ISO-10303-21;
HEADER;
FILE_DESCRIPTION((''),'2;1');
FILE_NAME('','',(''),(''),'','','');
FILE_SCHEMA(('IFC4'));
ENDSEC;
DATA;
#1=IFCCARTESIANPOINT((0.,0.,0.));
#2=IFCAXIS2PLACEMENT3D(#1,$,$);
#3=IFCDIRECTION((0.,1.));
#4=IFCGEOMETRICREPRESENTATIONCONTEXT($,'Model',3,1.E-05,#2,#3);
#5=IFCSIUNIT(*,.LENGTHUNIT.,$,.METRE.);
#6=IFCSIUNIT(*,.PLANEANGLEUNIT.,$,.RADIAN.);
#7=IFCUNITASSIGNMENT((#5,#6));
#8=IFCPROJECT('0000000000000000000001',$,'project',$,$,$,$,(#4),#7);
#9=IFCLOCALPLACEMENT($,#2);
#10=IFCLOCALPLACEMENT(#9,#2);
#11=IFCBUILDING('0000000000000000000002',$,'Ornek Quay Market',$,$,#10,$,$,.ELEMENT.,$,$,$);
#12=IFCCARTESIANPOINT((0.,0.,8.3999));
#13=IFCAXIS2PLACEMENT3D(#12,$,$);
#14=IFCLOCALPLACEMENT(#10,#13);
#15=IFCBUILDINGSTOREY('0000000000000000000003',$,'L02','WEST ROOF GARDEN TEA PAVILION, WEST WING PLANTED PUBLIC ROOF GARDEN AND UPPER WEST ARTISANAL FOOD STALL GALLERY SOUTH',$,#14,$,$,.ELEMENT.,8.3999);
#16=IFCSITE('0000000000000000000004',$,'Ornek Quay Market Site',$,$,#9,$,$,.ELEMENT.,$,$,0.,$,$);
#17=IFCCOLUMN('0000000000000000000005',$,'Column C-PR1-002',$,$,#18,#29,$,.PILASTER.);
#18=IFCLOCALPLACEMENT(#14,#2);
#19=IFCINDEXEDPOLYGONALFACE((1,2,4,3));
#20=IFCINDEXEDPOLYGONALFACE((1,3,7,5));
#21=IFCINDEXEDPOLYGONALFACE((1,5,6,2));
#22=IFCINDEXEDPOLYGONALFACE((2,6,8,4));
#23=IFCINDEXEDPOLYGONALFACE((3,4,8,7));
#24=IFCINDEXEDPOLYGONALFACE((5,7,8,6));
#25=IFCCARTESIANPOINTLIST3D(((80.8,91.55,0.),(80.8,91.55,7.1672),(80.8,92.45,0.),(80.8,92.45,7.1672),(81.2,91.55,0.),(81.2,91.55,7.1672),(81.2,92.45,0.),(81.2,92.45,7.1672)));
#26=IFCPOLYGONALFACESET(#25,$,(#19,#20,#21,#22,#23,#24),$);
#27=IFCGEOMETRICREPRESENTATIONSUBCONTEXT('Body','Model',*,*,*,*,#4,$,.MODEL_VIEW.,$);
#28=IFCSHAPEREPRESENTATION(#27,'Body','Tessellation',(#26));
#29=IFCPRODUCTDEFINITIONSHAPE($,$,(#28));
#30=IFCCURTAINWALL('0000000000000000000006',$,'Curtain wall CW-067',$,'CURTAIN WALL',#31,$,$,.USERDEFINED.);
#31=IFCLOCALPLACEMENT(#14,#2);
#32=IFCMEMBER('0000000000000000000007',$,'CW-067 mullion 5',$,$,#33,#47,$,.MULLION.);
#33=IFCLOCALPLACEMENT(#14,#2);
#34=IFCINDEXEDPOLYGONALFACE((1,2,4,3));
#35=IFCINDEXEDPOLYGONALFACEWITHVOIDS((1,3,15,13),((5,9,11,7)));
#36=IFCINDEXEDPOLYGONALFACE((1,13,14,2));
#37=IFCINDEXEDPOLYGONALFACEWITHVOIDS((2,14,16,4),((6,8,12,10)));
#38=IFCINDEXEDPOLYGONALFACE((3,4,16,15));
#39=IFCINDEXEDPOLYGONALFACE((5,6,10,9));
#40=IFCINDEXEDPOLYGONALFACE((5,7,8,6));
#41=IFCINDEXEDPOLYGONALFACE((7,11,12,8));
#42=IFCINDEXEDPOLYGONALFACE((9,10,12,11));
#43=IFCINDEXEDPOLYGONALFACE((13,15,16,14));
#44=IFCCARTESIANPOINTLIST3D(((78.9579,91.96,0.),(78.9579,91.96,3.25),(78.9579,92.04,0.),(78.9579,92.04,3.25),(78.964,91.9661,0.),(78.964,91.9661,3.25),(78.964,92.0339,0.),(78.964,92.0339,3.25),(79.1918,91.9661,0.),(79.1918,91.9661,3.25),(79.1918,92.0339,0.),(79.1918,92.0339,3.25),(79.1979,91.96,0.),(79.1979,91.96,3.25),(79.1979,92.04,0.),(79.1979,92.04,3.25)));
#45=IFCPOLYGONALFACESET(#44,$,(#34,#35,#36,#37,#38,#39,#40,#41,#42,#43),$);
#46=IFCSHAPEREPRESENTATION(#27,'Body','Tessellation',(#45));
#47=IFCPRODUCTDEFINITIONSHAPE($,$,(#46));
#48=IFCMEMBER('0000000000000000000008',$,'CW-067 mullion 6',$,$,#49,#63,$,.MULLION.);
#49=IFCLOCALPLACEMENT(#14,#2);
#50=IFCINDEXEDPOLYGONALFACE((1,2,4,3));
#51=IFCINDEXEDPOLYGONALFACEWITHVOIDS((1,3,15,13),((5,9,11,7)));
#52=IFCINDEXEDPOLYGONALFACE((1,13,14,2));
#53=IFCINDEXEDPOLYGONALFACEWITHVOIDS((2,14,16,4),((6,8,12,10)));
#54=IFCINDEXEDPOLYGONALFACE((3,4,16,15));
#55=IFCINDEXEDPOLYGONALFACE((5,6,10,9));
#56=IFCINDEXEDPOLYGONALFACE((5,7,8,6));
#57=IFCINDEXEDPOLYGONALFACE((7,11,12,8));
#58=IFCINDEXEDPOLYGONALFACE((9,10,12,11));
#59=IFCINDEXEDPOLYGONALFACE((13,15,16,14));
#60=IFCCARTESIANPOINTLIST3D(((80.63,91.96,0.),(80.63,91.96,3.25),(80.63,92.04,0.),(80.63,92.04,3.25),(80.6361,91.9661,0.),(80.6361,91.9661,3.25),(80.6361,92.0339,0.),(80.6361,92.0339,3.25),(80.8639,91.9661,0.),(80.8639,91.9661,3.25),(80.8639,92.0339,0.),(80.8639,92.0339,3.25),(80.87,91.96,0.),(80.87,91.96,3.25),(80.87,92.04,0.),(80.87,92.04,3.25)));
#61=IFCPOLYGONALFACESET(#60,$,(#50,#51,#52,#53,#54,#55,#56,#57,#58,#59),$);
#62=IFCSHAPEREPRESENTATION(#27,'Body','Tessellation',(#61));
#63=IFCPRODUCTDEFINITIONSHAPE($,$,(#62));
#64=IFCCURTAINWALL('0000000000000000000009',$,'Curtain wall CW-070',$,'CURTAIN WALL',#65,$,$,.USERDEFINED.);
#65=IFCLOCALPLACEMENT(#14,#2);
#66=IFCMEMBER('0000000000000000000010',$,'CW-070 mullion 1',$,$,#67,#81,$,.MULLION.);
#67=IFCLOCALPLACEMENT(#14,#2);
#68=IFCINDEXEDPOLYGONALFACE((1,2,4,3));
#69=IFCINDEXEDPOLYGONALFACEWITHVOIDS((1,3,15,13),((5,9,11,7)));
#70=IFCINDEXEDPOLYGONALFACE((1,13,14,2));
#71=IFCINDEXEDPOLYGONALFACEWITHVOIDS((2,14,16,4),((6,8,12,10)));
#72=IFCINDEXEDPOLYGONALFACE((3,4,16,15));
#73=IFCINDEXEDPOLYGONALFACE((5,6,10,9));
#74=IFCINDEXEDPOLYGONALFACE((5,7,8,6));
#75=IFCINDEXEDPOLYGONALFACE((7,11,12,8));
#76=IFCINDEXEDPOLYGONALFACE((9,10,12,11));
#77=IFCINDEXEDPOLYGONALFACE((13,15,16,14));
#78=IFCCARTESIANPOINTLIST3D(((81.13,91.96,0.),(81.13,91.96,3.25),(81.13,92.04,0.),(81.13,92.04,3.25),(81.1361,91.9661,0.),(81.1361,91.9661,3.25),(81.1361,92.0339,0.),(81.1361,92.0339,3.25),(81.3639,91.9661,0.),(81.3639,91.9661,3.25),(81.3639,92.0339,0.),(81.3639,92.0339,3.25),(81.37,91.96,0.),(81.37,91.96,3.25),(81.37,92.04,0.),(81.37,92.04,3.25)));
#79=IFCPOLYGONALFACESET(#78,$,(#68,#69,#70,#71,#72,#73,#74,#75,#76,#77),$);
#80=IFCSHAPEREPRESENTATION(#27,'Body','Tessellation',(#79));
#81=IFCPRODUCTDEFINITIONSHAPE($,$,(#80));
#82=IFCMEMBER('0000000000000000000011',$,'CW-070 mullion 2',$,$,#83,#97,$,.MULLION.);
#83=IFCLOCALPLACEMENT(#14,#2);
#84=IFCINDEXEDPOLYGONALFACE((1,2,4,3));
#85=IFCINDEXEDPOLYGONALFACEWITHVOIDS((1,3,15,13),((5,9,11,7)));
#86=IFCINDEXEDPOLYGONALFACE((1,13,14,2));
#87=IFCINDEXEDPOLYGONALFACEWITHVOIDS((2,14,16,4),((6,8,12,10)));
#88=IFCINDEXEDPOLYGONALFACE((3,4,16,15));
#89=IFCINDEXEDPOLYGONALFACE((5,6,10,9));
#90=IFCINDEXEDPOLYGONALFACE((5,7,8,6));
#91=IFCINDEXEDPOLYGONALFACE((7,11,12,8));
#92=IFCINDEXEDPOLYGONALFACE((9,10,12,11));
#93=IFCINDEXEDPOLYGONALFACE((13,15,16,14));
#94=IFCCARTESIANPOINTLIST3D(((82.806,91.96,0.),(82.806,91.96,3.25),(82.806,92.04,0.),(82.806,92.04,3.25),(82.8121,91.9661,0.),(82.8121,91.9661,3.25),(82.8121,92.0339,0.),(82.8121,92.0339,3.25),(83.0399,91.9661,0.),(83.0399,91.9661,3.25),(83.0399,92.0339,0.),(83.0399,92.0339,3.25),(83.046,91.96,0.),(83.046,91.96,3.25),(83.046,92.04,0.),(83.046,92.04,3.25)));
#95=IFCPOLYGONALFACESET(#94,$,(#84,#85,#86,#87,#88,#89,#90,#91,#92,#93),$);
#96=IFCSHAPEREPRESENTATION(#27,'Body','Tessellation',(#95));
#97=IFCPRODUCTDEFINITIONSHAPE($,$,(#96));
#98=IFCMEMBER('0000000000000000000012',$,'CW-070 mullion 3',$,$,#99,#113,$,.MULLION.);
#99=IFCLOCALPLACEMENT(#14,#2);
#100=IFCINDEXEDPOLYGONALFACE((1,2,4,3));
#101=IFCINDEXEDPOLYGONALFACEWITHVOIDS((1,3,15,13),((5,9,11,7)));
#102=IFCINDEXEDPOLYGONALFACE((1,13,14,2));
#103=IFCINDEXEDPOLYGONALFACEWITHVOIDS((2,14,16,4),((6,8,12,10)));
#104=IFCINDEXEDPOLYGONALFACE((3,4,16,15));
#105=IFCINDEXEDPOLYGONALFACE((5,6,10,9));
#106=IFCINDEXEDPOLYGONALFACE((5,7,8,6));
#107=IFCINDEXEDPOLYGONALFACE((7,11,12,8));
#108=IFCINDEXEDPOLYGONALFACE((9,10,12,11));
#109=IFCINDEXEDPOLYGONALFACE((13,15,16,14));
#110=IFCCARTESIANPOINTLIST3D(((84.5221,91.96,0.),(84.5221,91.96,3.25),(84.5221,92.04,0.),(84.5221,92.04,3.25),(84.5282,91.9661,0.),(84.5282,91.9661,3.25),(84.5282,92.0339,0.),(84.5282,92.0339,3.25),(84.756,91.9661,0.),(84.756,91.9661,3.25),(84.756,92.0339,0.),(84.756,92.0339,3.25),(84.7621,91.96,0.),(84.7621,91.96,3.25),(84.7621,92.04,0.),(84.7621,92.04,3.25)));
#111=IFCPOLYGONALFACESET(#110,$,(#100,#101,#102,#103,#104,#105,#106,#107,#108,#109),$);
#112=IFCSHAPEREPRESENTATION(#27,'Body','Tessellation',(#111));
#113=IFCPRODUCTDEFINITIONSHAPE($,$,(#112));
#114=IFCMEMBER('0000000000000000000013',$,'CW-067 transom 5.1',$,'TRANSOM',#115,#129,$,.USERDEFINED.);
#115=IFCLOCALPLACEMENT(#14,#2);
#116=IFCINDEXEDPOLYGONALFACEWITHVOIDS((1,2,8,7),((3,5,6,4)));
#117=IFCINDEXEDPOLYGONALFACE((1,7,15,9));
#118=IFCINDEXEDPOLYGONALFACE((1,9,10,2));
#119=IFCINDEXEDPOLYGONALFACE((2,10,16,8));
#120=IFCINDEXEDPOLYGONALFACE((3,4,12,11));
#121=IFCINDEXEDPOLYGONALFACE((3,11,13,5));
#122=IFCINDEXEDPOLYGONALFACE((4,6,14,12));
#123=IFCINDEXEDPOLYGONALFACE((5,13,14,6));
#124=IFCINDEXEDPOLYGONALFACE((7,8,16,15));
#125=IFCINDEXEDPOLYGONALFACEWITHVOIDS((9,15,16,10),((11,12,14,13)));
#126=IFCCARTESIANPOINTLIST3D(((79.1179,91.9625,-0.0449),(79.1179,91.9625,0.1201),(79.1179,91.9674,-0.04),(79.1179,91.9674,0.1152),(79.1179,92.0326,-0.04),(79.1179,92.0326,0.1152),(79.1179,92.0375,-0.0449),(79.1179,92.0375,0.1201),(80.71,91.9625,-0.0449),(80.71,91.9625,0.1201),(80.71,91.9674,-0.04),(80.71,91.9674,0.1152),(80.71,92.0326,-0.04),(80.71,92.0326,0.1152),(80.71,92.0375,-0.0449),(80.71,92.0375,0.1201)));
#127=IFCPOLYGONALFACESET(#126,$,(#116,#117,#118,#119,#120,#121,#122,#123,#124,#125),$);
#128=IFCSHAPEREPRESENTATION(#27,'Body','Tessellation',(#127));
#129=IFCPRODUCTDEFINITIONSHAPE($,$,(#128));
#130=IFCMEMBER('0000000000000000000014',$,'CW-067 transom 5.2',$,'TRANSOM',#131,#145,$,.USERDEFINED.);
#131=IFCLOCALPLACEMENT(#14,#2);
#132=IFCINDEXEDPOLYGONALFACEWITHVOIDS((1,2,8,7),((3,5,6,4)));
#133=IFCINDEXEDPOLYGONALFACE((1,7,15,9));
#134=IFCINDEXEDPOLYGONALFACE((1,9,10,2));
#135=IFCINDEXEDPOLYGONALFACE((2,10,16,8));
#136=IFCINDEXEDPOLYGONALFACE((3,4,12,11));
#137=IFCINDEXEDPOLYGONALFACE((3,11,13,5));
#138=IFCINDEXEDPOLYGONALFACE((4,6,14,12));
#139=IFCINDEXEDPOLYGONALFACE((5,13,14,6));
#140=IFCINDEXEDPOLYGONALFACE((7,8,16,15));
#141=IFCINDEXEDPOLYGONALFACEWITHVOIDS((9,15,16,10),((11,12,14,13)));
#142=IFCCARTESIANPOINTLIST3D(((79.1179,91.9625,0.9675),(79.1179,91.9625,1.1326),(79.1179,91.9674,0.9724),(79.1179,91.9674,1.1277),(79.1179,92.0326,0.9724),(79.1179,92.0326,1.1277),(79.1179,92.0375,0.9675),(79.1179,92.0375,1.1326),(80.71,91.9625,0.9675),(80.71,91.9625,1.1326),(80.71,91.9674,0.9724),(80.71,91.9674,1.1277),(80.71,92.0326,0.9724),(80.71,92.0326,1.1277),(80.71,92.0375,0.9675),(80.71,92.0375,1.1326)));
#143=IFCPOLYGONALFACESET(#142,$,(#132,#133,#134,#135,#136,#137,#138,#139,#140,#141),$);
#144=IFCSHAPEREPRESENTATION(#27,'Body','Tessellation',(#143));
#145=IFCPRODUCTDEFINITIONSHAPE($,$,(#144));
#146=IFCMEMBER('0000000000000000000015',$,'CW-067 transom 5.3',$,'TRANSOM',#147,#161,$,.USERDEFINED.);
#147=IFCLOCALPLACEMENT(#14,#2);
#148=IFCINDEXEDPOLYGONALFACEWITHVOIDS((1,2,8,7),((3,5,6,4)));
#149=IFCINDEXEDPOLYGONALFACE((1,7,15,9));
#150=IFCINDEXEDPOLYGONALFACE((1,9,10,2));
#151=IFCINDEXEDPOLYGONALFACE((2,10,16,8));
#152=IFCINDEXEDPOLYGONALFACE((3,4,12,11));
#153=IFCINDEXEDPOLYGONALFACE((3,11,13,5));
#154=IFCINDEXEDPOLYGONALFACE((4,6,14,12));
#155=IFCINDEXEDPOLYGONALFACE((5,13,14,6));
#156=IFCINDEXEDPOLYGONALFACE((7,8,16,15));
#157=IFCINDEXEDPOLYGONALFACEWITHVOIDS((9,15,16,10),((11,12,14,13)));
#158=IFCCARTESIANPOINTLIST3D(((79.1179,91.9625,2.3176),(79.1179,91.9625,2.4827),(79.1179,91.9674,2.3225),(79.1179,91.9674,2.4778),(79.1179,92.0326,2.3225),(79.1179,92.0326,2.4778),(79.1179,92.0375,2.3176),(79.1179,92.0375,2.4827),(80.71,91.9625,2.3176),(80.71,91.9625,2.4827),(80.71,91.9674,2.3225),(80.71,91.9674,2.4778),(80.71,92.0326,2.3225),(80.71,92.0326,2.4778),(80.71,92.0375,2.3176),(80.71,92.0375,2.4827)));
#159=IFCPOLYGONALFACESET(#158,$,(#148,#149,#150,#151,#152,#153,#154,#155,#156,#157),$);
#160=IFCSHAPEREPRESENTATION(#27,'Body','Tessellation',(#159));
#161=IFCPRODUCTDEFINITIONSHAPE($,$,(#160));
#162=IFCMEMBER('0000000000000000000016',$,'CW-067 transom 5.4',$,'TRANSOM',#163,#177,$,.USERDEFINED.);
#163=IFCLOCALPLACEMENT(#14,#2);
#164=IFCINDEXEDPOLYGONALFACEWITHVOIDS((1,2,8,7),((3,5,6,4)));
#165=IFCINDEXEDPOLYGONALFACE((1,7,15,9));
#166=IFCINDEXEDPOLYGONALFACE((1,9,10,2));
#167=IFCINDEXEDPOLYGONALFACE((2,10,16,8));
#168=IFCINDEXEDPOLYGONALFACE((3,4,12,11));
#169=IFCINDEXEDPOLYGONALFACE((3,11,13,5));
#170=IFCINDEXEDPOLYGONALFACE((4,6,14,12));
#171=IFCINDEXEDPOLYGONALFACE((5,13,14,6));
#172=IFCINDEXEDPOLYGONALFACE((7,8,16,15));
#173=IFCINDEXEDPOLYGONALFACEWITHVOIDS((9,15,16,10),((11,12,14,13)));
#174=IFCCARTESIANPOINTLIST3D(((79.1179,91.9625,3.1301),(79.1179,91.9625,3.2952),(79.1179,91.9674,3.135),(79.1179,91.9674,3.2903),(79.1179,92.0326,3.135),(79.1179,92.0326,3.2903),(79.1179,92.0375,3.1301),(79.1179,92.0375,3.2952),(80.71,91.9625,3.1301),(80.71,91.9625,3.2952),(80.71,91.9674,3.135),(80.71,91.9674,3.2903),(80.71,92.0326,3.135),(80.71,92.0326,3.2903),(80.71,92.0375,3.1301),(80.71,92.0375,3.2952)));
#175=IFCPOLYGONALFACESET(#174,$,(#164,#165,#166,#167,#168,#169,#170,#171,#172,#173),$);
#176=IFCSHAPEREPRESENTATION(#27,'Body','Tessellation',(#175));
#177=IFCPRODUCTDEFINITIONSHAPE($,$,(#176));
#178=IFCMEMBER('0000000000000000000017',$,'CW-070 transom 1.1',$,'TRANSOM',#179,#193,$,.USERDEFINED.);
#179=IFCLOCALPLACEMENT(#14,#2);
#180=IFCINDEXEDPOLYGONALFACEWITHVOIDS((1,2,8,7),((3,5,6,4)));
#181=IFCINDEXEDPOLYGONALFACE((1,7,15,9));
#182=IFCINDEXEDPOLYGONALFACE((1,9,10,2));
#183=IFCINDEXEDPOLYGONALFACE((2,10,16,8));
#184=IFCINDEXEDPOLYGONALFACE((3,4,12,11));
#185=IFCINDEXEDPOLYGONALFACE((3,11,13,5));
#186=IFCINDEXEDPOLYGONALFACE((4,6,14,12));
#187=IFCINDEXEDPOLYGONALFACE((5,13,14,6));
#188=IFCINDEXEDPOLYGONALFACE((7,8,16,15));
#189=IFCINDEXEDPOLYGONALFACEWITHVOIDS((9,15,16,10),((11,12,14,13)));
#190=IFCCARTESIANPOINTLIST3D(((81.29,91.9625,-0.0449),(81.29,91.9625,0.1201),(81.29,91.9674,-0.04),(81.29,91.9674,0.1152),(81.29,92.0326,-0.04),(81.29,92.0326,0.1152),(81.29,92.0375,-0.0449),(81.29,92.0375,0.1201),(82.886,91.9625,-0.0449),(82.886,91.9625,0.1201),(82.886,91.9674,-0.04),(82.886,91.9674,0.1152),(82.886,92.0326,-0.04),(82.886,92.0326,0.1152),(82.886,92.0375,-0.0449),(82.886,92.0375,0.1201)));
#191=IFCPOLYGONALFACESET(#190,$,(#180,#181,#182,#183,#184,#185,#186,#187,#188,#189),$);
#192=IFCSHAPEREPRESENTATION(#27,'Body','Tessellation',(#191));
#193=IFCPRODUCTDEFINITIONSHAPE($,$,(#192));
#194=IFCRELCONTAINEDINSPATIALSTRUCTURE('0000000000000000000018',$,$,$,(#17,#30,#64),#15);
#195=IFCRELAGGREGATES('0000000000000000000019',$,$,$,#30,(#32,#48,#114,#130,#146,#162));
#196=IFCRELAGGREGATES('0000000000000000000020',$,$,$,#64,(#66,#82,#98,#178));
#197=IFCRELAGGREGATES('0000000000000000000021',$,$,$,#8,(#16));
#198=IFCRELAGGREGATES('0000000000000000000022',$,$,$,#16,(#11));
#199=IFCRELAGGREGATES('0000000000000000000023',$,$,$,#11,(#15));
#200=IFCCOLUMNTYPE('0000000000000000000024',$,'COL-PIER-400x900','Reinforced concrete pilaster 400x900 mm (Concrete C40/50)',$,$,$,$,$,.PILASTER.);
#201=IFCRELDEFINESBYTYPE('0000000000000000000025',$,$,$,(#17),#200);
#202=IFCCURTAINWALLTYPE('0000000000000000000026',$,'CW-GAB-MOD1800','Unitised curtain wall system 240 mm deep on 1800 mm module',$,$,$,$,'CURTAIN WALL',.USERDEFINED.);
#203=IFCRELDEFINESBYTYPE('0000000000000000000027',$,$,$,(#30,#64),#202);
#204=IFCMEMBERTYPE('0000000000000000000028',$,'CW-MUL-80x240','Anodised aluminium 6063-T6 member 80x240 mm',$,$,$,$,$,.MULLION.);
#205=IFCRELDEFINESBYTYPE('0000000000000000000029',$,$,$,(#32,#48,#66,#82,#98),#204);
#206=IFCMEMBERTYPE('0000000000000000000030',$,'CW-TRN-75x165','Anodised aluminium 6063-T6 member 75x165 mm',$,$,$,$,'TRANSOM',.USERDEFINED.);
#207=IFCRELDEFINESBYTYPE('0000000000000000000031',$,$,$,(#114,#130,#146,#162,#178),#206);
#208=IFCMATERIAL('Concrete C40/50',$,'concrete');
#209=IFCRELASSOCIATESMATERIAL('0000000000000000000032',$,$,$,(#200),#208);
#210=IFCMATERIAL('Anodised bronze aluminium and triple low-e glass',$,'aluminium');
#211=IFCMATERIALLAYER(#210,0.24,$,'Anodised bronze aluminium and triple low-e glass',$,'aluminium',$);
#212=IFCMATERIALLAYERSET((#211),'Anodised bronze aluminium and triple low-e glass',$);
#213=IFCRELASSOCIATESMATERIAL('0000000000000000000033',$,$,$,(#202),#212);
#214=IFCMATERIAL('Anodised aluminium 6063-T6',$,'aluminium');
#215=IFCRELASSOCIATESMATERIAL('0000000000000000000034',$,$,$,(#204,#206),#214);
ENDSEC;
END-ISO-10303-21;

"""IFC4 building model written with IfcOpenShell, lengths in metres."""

from ifc_helpers import new_model, si_unit, direction, frame, origin, origin_2d, place, context, subcontext, project, spatial, rectangle, hollow_rectangle, extrude, material, layer, layer_set, material_profile, profile_set, type_object, element, aggregate, save


model = new_model("IFC4")

# Units and contexts
model_context = context("Model", 3, precision=1e-05, world=origin(), true_north=direction((0.0, 1.0)))
body_context = subcontext(model_context, "Body", "Model", "MODEL_VIEW")
ifc_project = project(units=[si_unit("LENGTHUNIT", "METRE"), si_unit("PLANEANGLEUNIT", "RADIAN")], contexts=[model_context])

# Site, building, storey
site_placement = place(None, origin())
site = spatial("IfcSite", under=ifc_project, at=site_placement, Name="Ornek Quay Market Site", CompositionType="ELEMENT", RefElevation=0.0)
building_placement = place(site_placement, origin())
building = spatial("IfcBuilding", under=site, at=building_placement, Name="Ornek Quay Market", CompositionType="ELEMENT")
storey_placement = place(building_placement, frame((0.0, 0.0, 8.3999)))
storey = spatial("IfcBuildingStorey", under=building, at=storey_placement, Name="L02", Description="WEST ROOF GARDEN TEA PAVILION, WEST WING PLANTED PUBLIC ROOF GARDEN AND UPPER WEST ARTISANAL FOOD STALL GALLERY SOUTH", CompositionType="ELEMENT", Elevation=8.3999)

# Column
ifc_material_1 = material(Name="Concrete C40/50", Category="concrete")
ifc_material_profile_1 = material_profile(ifc_material_1, rectangle(XDim=0.3999, YDim=0.8999, at=origin_2d()), Name="RC 400x900", Category="concrete")
ifc_profile_set_1 = profile_set([ifc_material_profile_1], Name="Concrete C40/50")
column_type = type_object("IfcColumnType", Name="COL-PIER-400x900", Description="Reinforced concrete pilaster 400x900 mm (Concrete C40/50)", PredefinedType="PILASTER", material=ifc_profile_set_1)
column_placement = place(storey_placement, frame((81.0, 92.0, 0.0), z_axis=(0.0, 0.0, 1.0), x_axis=(1.0, 0.0, 0.0)))
element("IfcColumn", 1, at=column_placement, inside=storey, type_object=column_type, Name="Column C-PR1-002", PredefinedType="PILASTER", context=body_context, shape_type="SweptSolid", body=[
    extrude(rectangle(XDim=0.3999, YDim=0.8999, at=origin_2d()), origin(), (0.0, 0.0, 1.0), 7.1672),
])

# Curtain walls, members
ifc_material_2 = material(Name="Anodised bronze aluminium and triple low-e glass", Category="aluminium")
ifc_layer_1 = layer(ifc_material_2, 0.24, Name="Anodised bronze aluminium and triple low-e glass", Category="aluminium")
ifc_layer_set_1 = layer_set([ifc_layer_1], Name="Anodised bronze aluminium and triple low-e glass")
curtain_wall_type = type_object("IfcCurtainWallType", Name="CW-GAB-MOD1800", Description="Unitised curtain wall system 240 mm deep on 1800 mm module", ElementType="CURTAIN WALL", PredefinedType="USERDEFINED", material=ifc_layer_set_1)
curtain_wall_1_placement = place(storey_placement, origin())
curtain_wall_1 = element("IfcCurtainWall", 2, at=curtain_wall_1_placement, inside=storey, type_object=curtain_wall_type, Name="Curtain wall CW-067", ObjectType="CURTAIN WALL", PredefinedType="USERDEFINED")
ifc_material_3 = material(Name="Anodised aluminium 6063-T6", Category="aluminium")
ifc_material_profile_2 = material_profile(ifc_material_3, hollow_rectangle(XDim=0.0801, YDim=0.24, WallThickness=0.0061, at=origin_2d()), Name="CW-MUL-80x240", Category="aluminium")
ifc_profile_set_2 = profile_set([ifc_material_profile_2], Name="Anodised aluminium 6063-T6")
member_type_1 = type_object("IfcMemberType", Name="CW-MUL-80x240", Description="Anodised aluminium 6063-T6 member 80x240 mm", PredefinedType="MULLION", material=ifc_profile_set_2)
member_1_placement = place(storey_placement, frame((79.0779, 92.0, 0.0), z_axis=(0.0, 0.0, 1.0), x_axis=(0.0, 1.0, 0.0)))
member_1 = element("IfcMember", 3, at=member_1_placement, type_object=member_type_1, Name="CW-067 mullion 5", PredefinedType="MULLION", context=body_context, shape_type="SweptSolid", body=[
    extrude(hollow_rectangle(XDim=0.0801, YDim=0.24, WallThickness=0.0061, at=origin_2d()), origin(), (0.0, 0.0, 1.0), 3.25),
])
member_2_placement = place(storey_placement, frame((80.75, 92.0, 0.0), z_axis=(0.0, 0.0, 1.0), x_axis=(0.0, 1.0, 0.0)))
member_2 = element("IfcMember", 4, at=member_2_placement, type_object=member_type_1, Name="CW-067 mullion 6", PredefinedType="MULLION", context=body_context, shape_type="SweptSolid", body=[
    extrude(hollow_rectangle(XDim=0.0801, YDim=0.24, WallThickness=0.0061, at=origin_2d()), origin(), (0.0, 0.0, 1.0), 3.25),
])
curtain_wall_2_placement = place(storey_placement, origin())
curtain_wall_2 = element("IfcCurtainWall", 5, at=curtain_wall_2_placement, inside=storey, type_object=curtain_wall_type, Name="Curtain wall CW-070", ObjectType="CURTAIN WALL", PredefinedType="USERDEFINED")
member_3_placement = place(storey_placement, frame((81.25, 92.0, 0.0), z_axis=(0.0, 0.0, 1.0), x_axis=(0.0, 1.0, 0.0)))
member_3 = element("IfcMember", 6, at=member_3_placement, type_object=member_type_1, Name="CW-070 mullion 1", PredefinedType="MULLION", context=body_context, shape_type="SweptSolid", body=[
    extrude(hollow_rectangle(XDim=0.0801, YDim=0.24, WallThickness=0.0061, at=origin_2d()), origin(), (0.0, 0.0, 1.0), 3.25),
])
member_4_placement = place(storey_placement, frame((82.926, 92.0, 0.0), z_axis=(0.0, 0.0, 1.0), x_axis=(0.0, 1.0, 0.0)))
member_4 = element("IfcMember", 7, at=member_4_placement, type_object=member_type_1, Name="CW-070 mullion 2", PredefinedType="MULLION", context=body_context, shape_type="SweptSolid", body=[
    extrude(hollow_rectangle(XDim=0.0801, YDim=0.24, WallThickness=0.0061, at=origin_2d()), origin(), (0.0, 0.0, 1.0), 3.25),
])
member_5_placement = place(storey_placement, frame((84.6421, 92.0, 0.0), z_axis=(0.0, 0.0, 1.0), x_axis=(0.0, 1.0, 0.0)))
member_5 = element("IfcMember", 8, at=member_5_placement, type_object=member_type_1, Name="CW-070 mullion 3", PredefinedType="MULLION", context=body_context, shape_type="SweptSolid", body=[
    extrude(hollow_rectangle(XDim=0.0801, YDim=0.24, WallThickness=0.0061, at=origin_2d()), origin(), (0.0, 0.0, 1.0), 3.25),
])

# Members
ifc_material_profile_3 = material_profile(ifc_material_3, hollow_rectangle(XDim=0.075, YDim=0.165, WallThickness=0.0049, at=origin_2d()), Name="CW-TRN-75x165", Category="aluminium")
ifc_profile_set_3 = profile_set([ifc_material_profile_3], Name="Anodised aluminium 6063-T6")
member_type_2 = type_object("IfcMemberType", Name="CW-TRN-75x165", Description="Anodised aluminium 6063-T6 member 75x165 mm", ElementType="TRANSOM", PredefinedType="USERDEFINED", material=ifc_profile_set_3)
member_6_placement = place(storey_placement, frame((79.1179, 92.0, 0.0376), z_axis=(1.0, 0.0, 0.0), x_axis=(0.0, 1.0, 0.0)))
member_6 = element("IfcMember", 9, at=member_6_placement, type_object=member_type_2, Name="CW-067 transom 5.1", ObjectType="TRANSOM", PredefinedType="USERDEFINED", context=body_context, shape_type="SweptSolid", body=[
    extrude(hollow_rectangle(XDim=0.075, YDim=0.165, WallThickness=0.0049, at=origin_2d()), origin(), (0.0, 0.0, 1.0), 1.592),
])
member_7_placement = place(storey_placement, frame((79.1179, 92.0, 1.05), z_axis=(1.0, 0.0, 0.0), x_axis=(0.0, 1.0, 0.0)))
member_7 = element("IfcMember", 10, at=member_7_placement, type_object=member_type_2, Name="CW-067 transom 5.2", ObjectType="TRANSOM", PredefinedType="USERDEFINED", context=body_context, shape_type="SweptSolid", body=[
    extrude(hollow_rectangle(XDim=0.075, YDim=0.165, WallThickness=0.0049, at=origin_2d()), origin(), (0.0, 0.0, 1.0), 1.592),
])
member_8_placement = place(storey_placement, frame((79.1179, 92.0, 2.4001), z_axis=(1.0, 0.0, 0.0), x_axis=(0.0, 1.0, 0.0)))
member_8 = element("IfcMember", 11, at=member_8_placement, type_object=member_type_2, Name="CW-067 transom 5.3", ObjectType="TRANSOM", PredefinedType="USERDEFINED", context=body_context, shape_type="SweptSolid", body=[
    extrude(hollow_rectangle(XDim=0.075, YDim=0.165, WallThickness=0.0049, at=origin_2d()), origin(), (0.0, 0.0, 1.0), 1.592),
])
member_9_placement = place(storey_placement, frame((79.1179, 92.0, 3.2126), z_axis=(1.0, 0.0, 0.0), x_axis=(0.0, 1.0, 0.0)))
member_9 = element("IfcMember", 12, at=member_9_placement, type_object=member_type_2, Name="CW-067 transom 5.4", ObjectType="TRANSOM", PredefinedType="USERDEFINED", context=body_context, shape_type="SweptSolid", body=[
    extrude(hollow_rectangle(XDim=0.075, YDim=0.165, WallThickness=0.0049, at=origin_2d()), origin(), (0.0, 0.0, 1.0), 1.592),
])
member_10_placement = place(storey_placement, frame((81.29, 92.0, 0.0376), z_axis=(1.0, 0.0, 0.0), x_axis=(0.0, 1.0, 0.0)))
member_10 = element("IfcMember", 13, at=member_10_placement, type_object=member_type_2, Name="CW-070 transom 1.1", ObjectType="TRANSOM", PredefinedType="USERDEFINED", context=body_context, shape_type="SweptSolid", body=[
    extrude(hollow_rectangle(XDim=0.075, YDim=0.165, WallThickness=0.0049, at=origin_2d()), origin(), (0.0, 0.0, 1.0), 1.5959),
])

aggregate(curtain_wall_1, [member_1, member_2, member_6, member_7, member_8, member_9])
aggregate(curtain_wall_2, [member_3, member_4, member_5, member_10])

save(model, "model.ifc")
